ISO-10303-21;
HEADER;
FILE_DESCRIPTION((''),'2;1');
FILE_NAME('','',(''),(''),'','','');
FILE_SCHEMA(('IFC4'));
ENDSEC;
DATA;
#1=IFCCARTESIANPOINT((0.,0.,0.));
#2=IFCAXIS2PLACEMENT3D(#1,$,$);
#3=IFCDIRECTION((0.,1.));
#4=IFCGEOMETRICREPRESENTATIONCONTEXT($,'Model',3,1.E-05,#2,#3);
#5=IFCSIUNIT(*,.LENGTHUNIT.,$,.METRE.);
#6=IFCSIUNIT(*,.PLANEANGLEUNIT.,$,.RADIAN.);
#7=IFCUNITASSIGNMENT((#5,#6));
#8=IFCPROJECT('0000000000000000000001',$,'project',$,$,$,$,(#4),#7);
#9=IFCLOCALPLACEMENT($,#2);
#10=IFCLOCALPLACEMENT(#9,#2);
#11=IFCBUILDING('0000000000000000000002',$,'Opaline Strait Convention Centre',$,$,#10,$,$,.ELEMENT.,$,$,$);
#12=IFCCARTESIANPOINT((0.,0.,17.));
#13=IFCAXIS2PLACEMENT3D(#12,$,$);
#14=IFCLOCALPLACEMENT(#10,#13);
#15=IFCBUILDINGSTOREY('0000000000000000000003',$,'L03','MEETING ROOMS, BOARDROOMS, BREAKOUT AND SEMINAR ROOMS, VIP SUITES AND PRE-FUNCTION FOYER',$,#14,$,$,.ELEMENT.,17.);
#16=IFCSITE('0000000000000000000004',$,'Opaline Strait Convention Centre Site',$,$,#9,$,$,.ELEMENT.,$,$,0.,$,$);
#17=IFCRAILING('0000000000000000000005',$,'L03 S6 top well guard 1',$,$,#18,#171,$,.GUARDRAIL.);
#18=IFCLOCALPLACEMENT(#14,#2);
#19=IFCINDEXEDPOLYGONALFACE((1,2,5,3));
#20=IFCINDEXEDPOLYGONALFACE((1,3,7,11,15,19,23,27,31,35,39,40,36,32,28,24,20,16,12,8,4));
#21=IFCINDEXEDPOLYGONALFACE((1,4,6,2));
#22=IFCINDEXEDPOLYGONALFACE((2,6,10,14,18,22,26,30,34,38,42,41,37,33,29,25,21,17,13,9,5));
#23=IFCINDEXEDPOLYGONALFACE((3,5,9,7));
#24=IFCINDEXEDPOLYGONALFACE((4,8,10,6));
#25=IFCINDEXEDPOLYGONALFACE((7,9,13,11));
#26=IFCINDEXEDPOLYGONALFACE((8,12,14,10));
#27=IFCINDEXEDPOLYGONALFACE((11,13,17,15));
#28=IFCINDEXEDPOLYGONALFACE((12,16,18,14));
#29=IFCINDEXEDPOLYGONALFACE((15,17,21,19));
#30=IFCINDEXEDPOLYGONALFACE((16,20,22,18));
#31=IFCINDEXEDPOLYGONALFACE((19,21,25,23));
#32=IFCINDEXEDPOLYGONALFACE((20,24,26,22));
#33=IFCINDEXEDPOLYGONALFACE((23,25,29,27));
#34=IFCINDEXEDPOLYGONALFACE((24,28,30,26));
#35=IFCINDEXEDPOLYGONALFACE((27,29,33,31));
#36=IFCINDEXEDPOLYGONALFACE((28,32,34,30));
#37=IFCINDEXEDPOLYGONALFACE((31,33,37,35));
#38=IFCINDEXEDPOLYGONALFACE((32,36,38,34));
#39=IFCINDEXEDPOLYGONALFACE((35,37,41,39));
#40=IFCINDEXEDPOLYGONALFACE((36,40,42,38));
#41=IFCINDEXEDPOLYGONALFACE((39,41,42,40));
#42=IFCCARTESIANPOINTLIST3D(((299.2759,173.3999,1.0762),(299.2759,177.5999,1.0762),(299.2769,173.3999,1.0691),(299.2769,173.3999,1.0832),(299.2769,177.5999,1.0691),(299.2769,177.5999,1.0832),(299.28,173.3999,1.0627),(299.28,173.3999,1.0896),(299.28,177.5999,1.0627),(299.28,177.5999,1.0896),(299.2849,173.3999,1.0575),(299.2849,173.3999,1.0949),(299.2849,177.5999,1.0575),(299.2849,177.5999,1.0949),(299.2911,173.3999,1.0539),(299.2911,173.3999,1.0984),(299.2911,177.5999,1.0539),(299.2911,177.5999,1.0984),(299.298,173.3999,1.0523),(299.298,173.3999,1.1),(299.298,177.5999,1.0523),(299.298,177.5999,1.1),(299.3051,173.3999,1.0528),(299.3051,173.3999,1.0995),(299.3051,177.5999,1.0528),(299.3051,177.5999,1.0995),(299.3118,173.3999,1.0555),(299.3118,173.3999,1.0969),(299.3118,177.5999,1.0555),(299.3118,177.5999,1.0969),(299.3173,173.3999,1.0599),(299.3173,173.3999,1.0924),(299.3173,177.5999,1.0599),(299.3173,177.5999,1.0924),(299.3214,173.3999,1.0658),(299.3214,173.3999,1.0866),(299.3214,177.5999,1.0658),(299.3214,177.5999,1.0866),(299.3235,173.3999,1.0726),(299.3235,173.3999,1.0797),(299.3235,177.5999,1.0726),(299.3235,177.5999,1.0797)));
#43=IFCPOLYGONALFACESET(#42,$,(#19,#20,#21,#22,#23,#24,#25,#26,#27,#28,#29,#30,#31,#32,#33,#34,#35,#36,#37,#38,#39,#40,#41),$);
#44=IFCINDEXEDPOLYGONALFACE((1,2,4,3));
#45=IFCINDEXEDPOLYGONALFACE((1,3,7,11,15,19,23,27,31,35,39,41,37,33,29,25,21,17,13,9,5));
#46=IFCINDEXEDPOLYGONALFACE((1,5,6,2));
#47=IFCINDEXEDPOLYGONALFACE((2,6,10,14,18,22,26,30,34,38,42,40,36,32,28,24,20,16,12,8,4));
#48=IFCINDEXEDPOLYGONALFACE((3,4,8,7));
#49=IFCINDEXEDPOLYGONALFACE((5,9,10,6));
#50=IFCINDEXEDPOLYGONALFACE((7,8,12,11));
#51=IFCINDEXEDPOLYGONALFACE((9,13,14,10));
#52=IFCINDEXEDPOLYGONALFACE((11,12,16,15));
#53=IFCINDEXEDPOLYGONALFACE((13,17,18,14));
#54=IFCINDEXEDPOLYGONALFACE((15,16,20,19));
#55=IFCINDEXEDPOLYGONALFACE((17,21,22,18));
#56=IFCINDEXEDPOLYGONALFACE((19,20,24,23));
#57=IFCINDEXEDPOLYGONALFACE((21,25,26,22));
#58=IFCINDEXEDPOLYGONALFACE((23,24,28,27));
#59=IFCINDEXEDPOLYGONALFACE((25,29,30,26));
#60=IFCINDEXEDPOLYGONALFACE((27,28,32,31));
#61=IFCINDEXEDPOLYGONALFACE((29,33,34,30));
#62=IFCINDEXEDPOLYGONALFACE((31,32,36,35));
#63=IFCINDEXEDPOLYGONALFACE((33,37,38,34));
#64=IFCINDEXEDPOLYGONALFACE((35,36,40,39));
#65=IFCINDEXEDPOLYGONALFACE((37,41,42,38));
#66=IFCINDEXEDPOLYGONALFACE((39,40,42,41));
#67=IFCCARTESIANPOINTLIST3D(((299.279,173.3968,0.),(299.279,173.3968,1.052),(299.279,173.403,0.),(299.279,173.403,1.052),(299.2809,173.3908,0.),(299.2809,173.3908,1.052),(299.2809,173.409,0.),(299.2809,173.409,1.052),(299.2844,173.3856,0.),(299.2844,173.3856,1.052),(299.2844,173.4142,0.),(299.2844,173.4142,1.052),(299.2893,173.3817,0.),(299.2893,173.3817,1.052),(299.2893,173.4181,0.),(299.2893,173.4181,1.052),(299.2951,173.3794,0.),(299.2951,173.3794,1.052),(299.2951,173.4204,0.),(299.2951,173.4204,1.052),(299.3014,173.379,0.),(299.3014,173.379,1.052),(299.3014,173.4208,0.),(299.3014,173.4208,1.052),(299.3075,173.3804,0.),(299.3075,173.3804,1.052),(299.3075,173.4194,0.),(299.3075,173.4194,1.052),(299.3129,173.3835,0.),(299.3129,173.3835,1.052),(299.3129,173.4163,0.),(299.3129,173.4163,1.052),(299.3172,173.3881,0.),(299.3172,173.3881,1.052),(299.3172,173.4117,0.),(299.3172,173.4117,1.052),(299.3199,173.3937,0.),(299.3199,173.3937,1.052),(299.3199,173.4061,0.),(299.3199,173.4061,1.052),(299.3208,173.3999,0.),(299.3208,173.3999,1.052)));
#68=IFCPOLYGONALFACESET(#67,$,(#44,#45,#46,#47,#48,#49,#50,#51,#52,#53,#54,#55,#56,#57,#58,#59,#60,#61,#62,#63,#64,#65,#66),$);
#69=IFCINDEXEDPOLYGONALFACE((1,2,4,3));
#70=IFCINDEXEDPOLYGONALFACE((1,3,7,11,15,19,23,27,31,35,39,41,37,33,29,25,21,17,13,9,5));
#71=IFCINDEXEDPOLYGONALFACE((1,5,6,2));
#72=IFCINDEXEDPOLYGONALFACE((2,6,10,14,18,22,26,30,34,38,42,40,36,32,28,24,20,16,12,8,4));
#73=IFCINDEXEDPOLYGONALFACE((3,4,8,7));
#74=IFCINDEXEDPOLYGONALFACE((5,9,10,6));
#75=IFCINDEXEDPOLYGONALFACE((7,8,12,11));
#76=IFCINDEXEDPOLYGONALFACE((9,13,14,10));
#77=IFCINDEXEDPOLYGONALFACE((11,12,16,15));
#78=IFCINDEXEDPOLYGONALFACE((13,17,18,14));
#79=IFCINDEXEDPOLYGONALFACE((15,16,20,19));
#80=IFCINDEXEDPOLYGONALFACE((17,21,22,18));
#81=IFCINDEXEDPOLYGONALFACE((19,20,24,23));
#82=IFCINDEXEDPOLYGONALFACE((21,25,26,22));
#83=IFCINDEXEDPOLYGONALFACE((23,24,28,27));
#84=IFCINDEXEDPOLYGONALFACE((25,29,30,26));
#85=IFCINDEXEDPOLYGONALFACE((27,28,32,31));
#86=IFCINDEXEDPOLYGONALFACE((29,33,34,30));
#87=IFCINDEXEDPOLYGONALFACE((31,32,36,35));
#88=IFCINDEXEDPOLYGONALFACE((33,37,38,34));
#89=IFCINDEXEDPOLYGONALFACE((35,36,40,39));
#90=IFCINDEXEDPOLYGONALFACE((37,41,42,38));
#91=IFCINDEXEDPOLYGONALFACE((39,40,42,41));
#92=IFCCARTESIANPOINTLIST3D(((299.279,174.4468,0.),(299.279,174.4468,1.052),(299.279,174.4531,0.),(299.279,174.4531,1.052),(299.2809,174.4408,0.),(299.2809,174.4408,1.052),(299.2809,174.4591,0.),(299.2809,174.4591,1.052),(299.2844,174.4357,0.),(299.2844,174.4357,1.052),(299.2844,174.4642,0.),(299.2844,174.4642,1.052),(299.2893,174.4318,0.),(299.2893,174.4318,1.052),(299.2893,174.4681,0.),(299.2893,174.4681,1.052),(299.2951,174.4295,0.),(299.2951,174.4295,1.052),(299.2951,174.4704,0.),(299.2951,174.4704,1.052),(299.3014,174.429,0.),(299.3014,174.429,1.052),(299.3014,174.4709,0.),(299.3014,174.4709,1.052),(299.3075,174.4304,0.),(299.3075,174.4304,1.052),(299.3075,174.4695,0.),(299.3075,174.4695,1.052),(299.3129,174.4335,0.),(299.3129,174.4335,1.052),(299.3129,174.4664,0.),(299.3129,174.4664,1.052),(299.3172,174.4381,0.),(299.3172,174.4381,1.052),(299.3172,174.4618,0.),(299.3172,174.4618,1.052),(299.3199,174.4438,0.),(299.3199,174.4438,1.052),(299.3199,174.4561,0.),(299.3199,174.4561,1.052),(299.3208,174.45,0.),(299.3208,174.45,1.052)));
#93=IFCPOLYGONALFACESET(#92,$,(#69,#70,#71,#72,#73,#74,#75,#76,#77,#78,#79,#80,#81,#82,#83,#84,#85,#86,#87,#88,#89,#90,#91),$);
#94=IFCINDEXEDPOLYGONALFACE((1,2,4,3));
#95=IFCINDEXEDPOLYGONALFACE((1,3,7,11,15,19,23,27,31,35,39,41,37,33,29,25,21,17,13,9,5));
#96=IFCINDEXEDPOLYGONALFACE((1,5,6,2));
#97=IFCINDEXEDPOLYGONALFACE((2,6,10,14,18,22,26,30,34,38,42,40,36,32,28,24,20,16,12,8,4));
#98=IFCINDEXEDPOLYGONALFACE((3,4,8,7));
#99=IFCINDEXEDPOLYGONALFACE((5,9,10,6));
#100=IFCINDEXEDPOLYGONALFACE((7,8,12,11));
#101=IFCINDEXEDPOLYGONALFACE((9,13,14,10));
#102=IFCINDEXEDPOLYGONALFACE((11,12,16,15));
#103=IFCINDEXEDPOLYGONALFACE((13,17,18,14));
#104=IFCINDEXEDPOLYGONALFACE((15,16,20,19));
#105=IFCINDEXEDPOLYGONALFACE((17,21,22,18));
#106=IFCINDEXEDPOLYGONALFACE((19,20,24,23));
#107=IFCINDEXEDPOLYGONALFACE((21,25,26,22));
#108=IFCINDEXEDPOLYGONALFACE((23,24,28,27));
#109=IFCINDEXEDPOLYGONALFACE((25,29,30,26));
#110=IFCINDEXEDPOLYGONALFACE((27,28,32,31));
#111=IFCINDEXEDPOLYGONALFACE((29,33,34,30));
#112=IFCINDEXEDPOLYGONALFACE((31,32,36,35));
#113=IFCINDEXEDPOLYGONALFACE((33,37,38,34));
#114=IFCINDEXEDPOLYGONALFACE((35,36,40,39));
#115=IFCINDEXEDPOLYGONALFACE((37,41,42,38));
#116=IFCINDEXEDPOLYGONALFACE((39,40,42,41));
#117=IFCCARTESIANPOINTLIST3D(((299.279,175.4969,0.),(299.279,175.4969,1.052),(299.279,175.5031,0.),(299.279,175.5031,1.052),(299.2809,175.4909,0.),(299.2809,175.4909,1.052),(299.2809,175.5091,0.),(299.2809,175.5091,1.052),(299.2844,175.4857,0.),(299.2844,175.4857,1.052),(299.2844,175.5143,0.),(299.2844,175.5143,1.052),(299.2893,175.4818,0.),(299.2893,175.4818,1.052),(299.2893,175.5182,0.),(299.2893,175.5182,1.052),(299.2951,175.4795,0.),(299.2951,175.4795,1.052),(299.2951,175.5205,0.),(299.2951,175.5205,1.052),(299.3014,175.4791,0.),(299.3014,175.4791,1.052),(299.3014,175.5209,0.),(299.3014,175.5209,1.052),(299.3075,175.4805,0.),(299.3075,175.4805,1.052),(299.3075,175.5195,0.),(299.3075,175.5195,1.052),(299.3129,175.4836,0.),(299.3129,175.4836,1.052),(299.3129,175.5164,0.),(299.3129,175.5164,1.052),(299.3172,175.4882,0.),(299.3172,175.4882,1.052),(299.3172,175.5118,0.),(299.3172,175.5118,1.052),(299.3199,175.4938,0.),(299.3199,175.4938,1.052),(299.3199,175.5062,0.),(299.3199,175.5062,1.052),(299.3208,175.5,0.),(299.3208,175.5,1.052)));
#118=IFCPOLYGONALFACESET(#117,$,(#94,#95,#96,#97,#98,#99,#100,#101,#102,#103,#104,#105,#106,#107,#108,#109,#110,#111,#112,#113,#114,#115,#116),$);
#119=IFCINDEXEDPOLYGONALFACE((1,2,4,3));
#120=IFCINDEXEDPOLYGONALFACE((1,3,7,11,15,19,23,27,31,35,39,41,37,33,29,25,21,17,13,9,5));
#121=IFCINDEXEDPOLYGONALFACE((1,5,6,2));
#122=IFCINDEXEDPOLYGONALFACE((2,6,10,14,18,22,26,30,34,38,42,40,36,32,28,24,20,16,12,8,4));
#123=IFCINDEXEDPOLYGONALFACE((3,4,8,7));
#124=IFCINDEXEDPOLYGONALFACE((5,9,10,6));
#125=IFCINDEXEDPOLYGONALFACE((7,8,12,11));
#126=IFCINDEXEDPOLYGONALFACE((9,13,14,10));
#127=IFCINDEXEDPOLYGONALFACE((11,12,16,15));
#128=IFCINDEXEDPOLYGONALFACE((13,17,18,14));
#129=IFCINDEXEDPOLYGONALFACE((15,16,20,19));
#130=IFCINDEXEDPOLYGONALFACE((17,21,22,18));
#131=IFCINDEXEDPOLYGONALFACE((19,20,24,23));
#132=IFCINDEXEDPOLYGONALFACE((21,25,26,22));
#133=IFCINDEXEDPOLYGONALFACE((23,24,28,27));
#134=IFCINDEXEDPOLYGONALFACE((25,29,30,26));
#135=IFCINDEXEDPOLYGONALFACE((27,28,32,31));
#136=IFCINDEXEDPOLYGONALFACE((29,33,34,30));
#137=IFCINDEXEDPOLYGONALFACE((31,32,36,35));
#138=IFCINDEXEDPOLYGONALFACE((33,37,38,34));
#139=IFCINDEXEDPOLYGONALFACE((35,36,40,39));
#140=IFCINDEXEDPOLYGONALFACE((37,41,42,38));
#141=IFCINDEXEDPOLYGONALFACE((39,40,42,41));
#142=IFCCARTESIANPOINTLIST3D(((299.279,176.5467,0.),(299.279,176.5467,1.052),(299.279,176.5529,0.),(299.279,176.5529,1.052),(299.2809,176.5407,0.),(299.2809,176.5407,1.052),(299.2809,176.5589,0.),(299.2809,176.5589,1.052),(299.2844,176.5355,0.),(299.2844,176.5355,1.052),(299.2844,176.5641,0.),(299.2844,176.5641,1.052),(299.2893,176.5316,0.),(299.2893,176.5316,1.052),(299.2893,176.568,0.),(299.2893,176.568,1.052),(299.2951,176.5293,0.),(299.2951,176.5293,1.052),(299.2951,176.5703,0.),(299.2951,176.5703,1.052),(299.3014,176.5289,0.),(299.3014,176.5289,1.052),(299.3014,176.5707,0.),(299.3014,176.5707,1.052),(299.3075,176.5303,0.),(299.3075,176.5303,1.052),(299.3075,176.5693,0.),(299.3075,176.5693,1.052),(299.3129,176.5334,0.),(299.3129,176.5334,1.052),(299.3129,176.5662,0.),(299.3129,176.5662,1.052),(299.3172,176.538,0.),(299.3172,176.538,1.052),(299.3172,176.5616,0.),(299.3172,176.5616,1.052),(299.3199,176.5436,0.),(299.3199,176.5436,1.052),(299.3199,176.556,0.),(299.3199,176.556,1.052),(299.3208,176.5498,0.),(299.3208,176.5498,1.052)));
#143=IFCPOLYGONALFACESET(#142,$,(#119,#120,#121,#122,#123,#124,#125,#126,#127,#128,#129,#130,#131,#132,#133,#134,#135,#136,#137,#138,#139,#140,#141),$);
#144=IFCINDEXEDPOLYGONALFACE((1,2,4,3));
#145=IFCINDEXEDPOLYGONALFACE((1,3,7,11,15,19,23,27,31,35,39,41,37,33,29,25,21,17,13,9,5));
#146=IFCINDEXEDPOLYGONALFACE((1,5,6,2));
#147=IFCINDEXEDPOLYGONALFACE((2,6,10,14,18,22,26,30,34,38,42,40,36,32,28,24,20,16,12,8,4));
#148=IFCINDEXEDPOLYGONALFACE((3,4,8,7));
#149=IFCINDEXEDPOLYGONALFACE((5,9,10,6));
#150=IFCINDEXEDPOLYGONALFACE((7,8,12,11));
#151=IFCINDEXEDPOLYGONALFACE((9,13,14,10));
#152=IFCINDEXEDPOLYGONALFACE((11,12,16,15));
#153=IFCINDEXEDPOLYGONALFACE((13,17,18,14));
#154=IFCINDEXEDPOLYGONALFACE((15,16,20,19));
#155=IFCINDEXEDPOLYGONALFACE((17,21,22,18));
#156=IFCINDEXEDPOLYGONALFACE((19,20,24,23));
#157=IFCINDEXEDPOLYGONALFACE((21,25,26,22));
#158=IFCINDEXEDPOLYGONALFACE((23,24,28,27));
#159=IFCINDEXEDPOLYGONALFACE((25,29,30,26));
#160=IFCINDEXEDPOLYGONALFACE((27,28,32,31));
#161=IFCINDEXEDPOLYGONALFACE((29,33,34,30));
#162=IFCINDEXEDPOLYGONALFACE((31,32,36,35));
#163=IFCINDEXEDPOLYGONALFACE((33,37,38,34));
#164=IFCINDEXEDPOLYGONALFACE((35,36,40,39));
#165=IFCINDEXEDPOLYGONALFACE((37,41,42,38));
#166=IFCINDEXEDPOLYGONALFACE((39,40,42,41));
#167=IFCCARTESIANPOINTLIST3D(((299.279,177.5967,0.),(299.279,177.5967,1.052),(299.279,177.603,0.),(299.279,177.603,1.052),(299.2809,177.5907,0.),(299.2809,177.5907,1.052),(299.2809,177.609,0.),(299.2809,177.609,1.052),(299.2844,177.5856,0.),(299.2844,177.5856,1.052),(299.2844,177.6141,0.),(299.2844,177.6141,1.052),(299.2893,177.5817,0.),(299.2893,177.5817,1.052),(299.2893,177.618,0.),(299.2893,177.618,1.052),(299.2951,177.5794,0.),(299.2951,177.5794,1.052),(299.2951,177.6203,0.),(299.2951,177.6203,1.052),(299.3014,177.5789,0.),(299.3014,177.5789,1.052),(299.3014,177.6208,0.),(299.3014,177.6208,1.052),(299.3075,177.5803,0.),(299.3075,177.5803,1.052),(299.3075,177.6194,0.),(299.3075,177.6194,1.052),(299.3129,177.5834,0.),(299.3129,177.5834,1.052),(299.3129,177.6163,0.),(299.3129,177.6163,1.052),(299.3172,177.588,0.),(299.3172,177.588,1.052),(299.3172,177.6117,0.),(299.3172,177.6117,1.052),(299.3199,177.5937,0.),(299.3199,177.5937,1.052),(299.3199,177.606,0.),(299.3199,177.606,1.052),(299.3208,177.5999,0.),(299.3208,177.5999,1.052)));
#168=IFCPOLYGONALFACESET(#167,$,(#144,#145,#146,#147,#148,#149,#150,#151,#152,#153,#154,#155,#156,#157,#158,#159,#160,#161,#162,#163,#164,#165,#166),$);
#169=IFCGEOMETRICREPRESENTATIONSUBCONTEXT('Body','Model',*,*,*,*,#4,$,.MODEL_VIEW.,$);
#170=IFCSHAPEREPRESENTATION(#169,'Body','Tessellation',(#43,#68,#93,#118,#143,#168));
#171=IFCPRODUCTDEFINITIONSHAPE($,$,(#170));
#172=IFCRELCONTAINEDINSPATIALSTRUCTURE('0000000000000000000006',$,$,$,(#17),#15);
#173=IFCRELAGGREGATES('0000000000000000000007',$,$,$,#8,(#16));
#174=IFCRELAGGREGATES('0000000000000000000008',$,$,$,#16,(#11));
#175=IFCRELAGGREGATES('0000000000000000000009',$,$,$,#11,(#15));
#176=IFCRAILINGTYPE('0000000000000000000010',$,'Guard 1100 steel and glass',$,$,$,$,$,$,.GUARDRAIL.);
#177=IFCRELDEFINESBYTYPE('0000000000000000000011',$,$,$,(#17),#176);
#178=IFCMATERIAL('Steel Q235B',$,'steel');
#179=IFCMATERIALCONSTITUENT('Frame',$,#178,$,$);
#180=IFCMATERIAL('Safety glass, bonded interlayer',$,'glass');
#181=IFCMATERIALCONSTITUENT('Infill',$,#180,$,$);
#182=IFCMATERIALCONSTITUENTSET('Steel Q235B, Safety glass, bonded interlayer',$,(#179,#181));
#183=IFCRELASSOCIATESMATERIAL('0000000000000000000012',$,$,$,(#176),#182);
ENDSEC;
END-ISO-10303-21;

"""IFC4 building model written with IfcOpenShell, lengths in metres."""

from ifc_helpers import new_model, si_unit, direction, frame, origin, origin_2d, place, context, subcontext, project, spatial, circle, extrude, material, constituent, constituent_set, type_object, element, save


model = new_model("IFC4")

# Units and contexts
model_context = context("Model", 3, precision=1e-05, world=origin(), true_north=direction((0.0, 1.0)))
body_context = subcontext(model_context, "Body", "Model", "MODEL_VIEW")
ifc_project = project(units=[si_unit("LENGTHUNIT", "METRE"), si_unit("PLANEANGLEUNIT", "RADIAN")], contexts=[model_context])

# Site, building, storey
site_placement = place(None, origin())
site = spatial("IfcSite", under=ifc_project, at=site_placement, Name="Opaline Strait Convention Centre Site", CompositionType="ELEMENT", RefElevation=0.0)
building_placement = place(site_placement, origin())
building = spatial("IfcBuilding", under=site, at=building_placement, Name="Opaline Strait Convention Centre", CompositionType="ELEMENT")
storey_placement = place(building_placement, frame((0.0, 0.0, 17.0)))
storey = spatial("IfcBuildingStorey", under=building, at=storey_placement, Name="L03", Description="MEETING ROOMS, BOARDROOMS, BREAKOUT AND SEMINAR ROOMS, VIP SUITES AND PRE-FUNCTION FOYER", CompositionType="ELEMENT", Elevation=17.0)

# Railing
ifc_material_1 = material(Name="Steel Q235B", Category="steel")
ifc_constituent_1 = constituent(ifc_material_1, Name="Frame")
ifc_material_2 = material(Name="Safety glass, bonded interlayer", Category="glass")
ifc_constituent_2 = constituent(ifc_material_2, Name="Infill")
ifc_constituent_set = constituent_set(constituents=[ifc_constituent_1, ifc_constituent_2], Name="Steel Q235B, Safety glass, bonded interlayer")
railing_type = type_object("IfcRailingType", Name="Guard 1100 steel and glass", PredefinedType="GUARDRAIL", material=ifc_constituent_set)
railing_placement = place(storey_placement, frame((299.2998, 173.3999, 0.0)))
element("IfcRailing", 1, at=railing_placement, inside=storey, type_object=railing_type, Name="L03 S6 top well guard 1", PredefinedType="GUARDRAIL", context=body_context, shape_type="SweptSolid", body=[
    extrude(circle(Radius=0.0239, at=origin_2d()), frame((0.0, 0.0, 1.0762), z_axis=(0.0, 1.0, 0.0), x_axis=(-1.0, 0.0, 0.0)), (0.0, 0.0, 1.0), 4.2),
    extrude(circle(Radius=0.021, at=origin_2d()), origin(), (0.0, 0.0, 1.0), 1.052),
    extrude(circle(Radius=0.021, at=origin_2d()), frame((0.0, 1.05, 0.0)), (0.0, 0.0, 1.0), 1.052),
    extrude(circle(Radius=0.021, at=origin_2d()), frame((0.0, 2.1001, 0.0)), (0.0, 0.0, 1.0), 1.052),
    extrude(circle(Radius=0.021, at=origin_2d()), frame((0.0, 3.1499, 0.0)), (0.0, 0.0, 1.0), 1.052),
    extrude(circle(Radius=0.021, at=origin_2d()), frame((0.0, 4.2, 0.0)), (0.0, 0.0, 1.0), 1.052),
])

save(model, "model.ifc")
